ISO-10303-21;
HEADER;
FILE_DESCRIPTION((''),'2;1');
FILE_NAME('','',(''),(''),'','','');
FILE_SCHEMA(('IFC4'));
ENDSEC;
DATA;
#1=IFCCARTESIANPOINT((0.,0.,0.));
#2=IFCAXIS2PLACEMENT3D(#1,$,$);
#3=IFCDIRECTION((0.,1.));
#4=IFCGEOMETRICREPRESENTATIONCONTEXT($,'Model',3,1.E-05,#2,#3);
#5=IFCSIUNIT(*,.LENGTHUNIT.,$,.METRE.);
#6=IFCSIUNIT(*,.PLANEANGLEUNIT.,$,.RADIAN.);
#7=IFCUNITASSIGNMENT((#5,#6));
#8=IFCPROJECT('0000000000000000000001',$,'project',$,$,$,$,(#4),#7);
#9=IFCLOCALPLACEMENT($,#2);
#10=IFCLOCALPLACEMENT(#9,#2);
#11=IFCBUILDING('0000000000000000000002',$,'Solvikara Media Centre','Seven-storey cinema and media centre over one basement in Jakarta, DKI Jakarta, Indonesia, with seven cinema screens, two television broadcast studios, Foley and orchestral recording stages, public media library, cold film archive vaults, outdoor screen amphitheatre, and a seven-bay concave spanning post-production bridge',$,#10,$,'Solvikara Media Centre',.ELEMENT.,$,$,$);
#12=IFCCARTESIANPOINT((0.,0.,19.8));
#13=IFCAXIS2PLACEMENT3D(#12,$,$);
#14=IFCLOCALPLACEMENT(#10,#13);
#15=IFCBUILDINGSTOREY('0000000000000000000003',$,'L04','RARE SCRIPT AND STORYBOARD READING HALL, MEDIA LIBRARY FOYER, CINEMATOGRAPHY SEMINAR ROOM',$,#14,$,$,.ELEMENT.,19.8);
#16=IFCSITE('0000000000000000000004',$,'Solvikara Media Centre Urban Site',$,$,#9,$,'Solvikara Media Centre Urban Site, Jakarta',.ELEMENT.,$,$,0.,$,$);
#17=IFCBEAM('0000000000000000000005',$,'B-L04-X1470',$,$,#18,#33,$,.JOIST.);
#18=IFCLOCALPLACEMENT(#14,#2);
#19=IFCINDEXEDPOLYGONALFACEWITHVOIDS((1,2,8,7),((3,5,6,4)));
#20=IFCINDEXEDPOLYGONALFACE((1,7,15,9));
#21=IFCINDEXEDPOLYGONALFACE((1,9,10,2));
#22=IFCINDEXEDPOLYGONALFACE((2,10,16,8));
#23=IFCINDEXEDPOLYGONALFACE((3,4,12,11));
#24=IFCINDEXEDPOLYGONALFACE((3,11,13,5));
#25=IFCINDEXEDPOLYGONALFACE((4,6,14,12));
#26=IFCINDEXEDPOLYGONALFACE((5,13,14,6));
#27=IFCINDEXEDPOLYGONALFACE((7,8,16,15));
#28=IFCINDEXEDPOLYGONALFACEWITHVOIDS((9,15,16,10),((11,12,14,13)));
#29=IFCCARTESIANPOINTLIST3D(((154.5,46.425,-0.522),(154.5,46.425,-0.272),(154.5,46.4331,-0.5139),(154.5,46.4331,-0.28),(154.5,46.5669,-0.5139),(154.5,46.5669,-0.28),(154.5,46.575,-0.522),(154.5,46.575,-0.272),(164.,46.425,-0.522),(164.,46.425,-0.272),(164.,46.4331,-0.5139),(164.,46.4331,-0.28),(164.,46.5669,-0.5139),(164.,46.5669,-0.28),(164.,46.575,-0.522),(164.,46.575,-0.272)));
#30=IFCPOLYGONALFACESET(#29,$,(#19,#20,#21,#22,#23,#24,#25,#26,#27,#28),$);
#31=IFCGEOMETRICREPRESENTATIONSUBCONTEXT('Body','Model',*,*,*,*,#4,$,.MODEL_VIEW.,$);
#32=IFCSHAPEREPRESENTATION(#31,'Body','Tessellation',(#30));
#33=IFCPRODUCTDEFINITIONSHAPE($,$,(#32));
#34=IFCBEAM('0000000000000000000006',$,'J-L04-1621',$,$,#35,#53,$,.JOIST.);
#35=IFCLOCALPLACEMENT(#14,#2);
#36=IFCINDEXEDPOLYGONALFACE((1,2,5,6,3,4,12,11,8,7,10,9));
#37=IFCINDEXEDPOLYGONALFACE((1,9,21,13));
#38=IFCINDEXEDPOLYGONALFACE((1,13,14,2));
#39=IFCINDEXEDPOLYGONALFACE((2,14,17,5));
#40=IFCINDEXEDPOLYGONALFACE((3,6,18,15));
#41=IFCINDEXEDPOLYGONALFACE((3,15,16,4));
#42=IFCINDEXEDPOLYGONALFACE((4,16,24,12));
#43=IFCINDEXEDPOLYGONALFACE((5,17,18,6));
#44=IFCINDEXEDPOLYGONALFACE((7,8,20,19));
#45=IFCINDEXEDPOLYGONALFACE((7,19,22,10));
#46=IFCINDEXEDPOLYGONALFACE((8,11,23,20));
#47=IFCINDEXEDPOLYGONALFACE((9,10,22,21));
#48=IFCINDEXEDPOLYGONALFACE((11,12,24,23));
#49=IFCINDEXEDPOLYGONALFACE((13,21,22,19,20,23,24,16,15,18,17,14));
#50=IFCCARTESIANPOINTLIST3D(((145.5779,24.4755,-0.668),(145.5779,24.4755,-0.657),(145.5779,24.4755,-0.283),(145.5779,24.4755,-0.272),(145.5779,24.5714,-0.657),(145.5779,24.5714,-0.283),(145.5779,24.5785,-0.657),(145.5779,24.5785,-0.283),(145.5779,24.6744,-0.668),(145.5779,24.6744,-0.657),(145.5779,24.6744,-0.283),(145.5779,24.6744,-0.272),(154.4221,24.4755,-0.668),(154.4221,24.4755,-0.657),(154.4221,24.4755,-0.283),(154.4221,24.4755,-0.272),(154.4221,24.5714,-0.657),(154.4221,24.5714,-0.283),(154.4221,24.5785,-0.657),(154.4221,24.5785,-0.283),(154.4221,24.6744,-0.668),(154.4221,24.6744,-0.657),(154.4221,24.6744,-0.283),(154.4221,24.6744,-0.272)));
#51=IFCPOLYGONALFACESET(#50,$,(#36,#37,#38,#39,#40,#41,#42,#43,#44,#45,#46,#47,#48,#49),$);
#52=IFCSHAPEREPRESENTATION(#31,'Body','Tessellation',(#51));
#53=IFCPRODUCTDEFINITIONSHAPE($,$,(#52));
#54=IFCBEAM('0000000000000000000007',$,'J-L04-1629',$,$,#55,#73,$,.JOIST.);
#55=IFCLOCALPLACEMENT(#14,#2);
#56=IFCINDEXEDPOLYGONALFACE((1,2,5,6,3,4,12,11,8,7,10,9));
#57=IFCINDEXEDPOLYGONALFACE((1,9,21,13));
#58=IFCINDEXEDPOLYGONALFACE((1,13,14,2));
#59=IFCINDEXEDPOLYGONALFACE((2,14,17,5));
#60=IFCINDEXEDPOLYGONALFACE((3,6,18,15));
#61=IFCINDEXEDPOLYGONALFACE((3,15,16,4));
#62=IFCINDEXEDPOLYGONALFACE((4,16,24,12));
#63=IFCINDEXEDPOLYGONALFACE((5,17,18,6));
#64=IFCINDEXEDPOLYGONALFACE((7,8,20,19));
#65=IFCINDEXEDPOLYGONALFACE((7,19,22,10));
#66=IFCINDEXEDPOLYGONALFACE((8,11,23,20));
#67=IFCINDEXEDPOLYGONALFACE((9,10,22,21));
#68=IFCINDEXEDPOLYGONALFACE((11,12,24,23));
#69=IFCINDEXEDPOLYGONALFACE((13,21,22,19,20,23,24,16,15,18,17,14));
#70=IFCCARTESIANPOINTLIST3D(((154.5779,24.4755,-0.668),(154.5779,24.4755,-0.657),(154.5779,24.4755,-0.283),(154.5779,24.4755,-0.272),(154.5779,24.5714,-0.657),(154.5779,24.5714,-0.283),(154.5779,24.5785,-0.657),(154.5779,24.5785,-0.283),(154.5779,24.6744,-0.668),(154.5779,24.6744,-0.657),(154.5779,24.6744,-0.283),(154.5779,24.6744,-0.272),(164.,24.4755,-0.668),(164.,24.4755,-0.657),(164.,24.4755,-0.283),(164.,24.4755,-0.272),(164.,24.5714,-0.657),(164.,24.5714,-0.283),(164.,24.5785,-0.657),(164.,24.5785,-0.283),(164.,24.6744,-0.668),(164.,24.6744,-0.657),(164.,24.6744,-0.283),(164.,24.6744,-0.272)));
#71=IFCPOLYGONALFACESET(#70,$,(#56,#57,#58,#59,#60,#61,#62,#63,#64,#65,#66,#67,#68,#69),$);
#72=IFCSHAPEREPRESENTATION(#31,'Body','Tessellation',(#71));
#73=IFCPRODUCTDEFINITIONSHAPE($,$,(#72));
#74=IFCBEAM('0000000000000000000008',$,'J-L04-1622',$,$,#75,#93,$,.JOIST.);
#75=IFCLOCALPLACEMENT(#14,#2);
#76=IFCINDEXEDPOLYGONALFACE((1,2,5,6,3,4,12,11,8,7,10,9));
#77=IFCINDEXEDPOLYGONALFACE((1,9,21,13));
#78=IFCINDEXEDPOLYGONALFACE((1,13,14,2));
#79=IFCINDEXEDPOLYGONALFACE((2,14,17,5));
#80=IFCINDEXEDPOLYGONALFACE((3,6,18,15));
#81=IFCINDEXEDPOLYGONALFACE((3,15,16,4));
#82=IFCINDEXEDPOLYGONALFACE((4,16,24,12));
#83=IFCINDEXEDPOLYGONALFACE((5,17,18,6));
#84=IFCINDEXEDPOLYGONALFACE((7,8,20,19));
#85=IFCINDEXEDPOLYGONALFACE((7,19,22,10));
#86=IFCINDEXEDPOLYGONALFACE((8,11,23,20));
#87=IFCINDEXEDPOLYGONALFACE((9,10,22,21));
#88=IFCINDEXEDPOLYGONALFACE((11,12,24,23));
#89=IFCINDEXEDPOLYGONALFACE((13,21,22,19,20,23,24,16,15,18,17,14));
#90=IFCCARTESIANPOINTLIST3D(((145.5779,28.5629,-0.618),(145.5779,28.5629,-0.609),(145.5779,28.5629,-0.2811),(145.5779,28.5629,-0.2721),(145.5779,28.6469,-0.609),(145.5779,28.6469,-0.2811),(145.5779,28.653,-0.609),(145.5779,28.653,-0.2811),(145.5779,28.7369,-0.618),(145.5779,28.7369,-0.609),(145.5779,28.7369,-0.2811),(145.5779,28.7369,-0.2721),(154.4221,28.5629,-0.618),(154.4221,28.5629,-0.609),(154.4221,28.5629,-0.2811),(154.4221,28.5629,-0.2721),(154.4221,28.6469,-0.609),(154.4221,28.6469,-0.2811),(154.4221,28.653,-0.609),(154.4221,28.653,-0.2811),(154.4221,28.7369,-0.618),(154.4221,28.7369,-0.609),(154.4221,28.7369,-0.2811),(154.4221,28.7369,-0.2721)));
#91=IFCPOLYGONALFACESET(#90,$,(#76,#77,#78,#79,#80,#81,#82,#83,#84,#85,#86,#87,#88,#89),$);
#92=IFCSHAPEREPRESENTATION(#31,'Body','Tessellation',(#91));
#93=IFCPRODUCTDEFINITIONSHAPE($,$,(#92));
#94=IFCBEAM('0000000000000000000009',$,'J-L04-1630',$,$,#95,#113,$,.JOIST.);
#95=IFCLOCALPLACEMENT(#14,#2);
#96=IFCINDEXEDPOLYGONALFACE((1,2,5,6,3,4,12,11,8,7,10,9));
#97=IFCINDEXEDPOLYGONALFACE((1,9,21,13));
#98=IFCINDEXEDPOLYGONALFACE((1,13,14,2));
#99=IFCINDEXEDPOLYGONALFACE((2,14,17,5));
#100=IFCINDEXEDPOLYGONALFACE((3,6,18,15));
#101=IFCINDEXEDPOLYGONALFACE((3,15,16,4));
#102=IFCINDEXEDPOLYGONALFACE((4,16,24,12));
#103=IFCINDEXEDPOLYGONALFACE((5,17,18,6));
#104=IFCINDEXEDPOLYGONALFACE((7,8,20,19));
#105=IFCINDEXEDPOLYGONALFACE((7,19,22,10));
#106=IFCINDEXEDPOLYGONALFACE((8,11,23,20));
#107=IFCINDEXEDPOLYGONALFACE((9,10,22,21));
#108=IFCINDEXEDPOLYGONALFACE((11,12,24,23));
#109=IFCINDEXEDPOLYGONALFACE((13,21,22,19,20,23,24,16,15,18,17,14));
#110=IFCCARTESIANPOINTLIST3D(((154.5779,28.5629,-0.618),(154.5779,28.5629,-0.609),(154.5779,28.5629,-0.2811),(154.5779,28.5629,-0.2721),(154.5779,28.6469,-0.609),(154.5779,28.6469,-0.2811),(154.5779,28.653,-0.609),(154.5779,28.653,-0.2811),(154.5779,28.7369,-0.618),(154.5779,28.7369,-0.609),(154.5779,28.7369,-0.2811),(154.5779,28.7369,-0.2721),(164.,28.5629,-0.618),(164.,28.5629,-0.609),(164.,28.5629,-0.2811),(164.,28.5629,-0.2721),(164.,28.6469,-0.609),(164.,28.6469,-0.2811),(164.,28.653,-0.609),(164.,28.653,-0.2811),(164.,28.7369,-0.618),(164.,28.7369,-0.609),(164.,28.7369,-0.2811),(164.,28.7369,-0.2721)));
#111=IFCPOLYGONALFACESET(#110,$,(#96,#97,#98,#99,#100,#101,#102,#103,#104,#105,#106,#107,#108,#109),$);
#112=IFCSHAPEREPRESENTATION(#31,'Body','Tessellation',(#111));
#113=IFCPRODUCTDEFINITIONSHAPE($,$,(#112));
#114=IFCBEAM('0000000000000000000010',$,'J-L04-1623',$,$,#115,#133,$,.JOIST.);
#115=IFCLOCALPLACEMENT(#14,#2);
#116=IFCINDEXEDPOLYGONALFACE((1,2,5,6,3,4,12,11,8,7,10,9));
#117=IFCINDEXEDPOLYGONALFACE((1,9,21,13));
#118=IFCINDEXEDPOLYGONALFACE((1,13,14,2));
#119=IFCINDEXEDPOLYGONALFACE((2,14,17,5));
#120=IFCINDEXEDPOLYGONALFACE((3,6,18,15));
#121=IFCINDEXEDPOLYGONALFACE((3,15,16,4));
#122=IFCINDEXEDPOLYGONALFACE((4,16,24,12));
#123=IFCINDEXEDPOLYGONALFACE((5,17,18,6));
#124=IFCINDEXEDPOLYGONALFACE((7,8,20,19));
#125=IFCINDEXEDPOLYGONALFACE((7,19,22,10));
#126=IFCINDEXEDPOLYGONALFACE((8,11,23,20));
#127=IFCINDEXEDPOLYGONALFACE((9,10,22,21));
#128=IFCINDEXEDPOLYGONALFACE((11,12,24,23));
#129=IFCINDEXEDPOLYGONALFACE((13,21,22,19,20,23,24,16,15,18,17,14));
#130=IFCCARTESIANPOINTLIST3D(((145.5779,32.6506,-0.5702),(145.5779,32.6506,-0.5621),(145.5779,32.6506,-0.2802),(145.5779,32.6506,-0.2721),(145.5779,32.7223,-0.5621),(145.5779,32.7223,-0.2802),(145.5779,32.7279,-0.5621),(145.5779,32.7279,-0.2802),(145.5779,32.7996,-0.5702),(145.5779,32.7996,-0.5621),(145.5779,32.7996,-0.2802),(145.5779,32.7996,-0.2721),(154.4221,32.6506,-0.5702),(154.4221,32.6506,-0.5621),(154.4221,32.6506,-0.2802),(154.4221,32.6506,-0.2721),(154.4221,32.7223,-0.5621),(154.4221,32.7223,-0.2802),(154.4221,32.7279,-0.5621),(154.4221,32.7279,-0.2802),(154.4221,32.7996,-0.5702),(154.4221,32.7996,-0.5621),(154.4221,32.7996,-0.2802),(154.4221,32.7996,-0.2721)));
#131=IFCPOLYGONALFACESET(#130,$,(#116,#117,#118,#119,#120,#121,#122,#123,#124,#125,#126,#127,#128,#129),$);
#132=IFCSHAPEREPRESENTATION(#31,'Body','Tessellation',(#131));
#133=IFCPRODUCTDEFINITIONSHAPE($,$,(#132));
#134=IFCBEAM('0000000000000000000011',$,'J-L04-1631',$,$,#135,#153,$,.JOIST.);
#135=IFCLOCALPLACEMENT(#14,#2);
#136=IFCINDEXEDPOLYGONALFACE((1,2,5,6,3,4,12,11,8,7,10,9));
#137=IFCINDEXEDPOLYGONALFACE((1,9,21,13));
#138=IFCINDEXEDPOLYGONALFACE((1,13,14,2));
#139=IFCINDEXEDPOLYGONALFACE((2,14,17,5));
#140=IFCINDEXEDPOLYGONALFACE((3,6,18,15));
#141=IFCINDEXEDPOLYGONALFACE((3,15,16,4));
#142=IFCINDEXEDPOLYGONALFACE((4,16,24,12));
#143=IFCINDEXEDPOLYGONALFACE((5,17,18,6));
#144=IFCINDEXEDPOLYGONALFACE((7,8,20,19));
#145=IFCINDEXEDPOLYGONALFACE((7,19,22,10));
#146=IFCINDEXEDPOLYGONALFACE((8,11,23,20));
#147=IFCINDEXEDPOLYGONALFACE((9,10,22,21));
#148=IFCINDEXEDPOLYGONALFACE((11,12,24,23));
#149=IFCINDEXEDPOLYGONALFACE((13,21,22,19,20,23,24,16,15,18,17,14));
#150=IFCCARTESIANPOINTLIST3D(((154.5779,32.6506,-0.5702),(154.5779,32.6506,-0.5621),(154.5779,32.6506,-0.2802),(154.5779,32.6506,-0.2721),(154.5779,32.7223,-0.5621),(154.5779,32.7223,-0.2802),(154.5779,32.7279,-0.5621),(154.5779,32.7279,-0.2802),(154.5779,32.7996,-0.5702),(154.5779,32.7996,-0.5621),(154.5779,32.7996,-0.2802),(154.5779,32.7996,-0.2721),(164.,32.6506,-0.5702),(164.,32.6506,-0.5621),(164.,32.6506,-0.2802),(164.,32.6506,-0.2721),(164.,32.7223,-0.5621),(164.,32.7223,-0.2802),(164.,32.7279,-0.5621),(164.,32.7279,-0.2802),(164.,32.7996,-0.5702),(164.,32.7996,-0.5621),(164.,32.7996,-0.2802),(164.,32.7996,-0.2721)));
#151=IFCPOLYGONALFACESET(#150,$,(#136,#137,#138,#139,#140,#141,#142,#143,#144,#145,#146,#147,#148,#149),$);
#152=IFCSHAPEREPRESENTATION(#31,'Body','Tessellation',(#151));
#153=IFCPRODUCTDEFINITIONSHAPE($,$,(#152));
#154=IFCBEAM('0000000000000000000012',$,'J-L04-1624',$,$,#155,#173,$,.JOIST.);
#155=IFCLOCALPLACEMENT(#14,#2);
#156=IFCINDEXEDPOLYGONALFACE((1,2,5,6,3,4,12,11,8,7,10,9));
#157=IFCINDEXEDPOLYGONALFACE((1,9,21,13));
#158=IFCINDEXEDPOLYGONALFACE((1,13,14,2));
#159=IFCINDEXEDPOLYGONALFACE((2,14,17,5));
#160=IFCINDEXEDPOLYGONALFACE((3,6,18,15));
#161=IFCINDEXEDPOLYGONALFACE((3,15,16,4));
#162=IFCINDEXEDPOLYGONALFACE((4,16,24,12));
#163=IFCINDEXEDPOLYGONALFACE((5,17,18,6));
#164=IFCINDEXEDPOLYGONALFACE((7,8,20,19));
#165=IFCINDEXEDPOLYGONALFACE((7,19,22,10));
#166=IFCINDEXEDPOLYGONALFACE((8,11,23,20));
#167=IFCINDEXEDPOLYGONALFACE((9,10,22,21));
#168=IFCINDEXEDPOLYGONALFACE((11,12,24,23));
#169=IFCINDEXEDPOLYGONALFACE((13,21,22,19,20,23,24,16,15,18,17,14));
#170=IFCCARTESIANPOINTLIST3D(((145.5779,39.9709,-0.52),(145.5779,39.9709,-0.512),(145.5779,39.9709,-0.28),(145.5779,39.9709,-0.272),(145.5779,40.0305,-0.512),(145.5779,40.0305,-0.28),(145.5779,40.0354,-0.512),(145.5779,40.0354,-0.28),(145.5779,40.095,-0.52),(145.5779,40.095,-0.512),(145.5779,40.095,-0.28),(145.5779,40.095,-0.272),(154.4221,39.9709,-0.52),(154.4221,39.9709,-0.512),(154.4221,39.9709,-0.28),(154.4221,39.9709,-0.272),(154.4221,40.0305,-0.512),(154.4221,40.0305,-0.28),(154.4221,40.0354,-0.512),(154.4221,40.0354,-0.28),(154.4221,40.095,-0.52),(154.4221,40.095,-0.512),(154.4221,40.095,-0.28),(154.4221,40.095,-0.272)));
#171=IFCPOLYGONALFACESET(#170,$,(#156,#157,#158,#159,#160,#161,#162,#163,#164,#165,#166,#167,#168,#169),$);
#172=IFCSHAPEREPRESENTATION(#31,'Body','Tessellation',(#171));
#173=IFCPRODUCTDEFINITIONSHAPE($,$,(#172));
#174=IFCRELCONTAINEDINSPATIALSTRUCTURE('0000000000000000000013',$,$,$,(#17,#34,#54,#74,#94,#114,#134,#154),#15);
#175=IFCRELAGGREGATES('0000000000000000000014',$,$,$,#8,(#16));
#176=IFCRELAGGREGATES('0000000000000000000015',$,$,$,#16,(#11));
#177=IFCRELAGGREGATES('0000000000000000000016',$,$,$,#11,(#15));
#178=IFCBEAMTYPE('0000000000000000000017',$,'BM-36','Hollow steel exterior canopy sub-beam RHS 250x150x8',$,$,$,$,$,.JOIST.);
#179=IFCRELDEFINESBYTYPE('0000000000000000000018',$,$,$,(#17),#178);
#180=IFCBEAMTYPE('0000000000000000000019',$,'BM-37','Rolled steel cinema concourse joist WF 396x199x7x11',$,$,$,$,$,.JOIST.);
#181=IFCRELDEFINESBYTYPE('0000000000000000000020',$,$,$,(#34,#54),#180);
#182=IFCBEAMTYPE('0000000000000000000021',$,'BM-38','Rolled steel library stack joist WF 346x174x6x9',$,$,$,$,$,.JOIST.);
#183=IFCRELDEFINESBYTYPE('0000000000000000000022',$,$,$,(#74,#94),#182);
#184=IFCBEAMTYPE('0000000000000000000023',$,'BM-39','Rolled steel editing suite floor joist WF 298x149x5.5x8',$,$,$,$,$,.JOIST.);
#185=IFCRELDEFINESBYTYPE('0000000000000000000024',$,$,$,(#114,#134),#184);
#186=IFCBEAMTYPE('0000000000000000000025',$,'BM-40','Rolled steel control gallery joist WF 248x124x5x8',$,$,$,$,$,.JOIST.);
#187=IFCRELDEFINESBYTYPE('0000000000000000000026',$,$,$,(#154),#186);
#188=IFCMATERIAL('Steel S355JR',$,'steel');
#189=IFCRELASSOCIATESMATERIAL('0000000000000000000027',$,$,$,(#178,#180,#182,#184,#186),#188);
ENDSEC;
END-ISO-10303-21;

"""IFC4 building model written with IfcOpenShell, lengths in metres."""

from ifc_helpers import new_model, si_unit, direction, frame, origin, origin_2d, place, context, subcontext, project, spatial, hollow_rectangle, i_section, extrude, material, material_profile, profile_set, type_object, element, save


model = new_model("IFC4")

# Units and contexts
model_context = context("Model", 3, precision=1e-05, world=origin(), true_north=direction((0.0, 1.0)))
body_context = subcontext(model_context, "Body", "Model", "MODEL_VIEW")
ifc_project = project(units=[si_unit("LENGTHUNIT", "METRE"), si_unit("PLANEANGLEUNIT", "RADIAN")], contexts=[model_context])

# Site, building, storey
site_placement = place(None, origin())
site = spatial("IfcSite", under=ifc_project, at=site_placement, Name="Solvikara Media Centre Urban Site", LongName="Solvikara Media Centre Urban Site, Jakarta", CompositionType="ELEMENT", RefElevation=0.0)
building_placement = place(site_placement, origin())
building = spatial("IfcBuilding", under=site, at=building_placement, Name="Solvikara Media Centre", Description="Seven-storey cinema and media centre over one basement in Jakarta, DKI Jakarta, Indonesia, with seven cinema screens, two television broadcast studios, Foley and orchestral recording stages, public media library, cold film archive vaults, outdoor screen amphitheatre, and a seven-bay concave spanning post-production bridge", LongName="Solvikara Media Centre", CompositionType="ELEMENT")
storey_placement = place(building_placement, frame((0.0, 0.0, 19.8)))
storey = spatial("IfcBuildingStorey", under=building, at=storey_placement, Name="L04", Description="RARE SCRIPT AND STORYBOARD READING HALL, MEDIA LIBRARY FOYER, CINEMATOGRAPHY SEMINAR ROOM", CompositionType="ELEMENT", Elevation=19.8)

# Beams
ifc_material_1 = material(Name="Steel S355JR", Category="steel")
ifc_material_profile_1 = material_profile(ifc_material_1, hollow_rectangle(XDim=0.1499, YDim=0.25, WallThickness=0.0081, at=origin_2d()), Name="RHS 250x150x8")
ifc_profile_set_1 = profile_set([ifc_material_profile_1], Name="Steel S355JR")
beam_type_1 = type_object("IfcBeamType", Name="BM-36", Description="Hollow steel exterior canopy sub-beam RHS 250x150x8", PredefinedType="JOIST", material=ifc_profile_set_1)
for number, where, z_axis, x_axis, name in (
    (1, (154.5, 46.5, -0.397), (1.0, 0.0, 0.0), (0.0, 1.0, 0.0), "B-L04-X1470"),
):
    element("IfcBeam", number, at=place(storey_placement, frame(where, z_axis=z_axis, x_axis=x_axis)), inside=storey, type_object=beam_type_1, Name=name, PredefinedType="JOIST", context=body_context, shape_type="SweptSolid", body=[
        extrude(hollow_rectangle(XDim=0.1499, YDim=0.25, WallThickness=0.0081, at=origin_2d()), origin(), (0.0, 0.0, 1.0), 9.5),
    ])
ifc_material_profile_2 = material_profile(ifc_material_1, i_section(OverallWidth=0.199, OverallDepth=0.396, WebThickness=0.0071, FlangeThickness=0.011, at=origin_2d()), Name="WF 396x199x7x11")
ifc_profile_set_2 = profile_set([ifc_material_profile_2], Name="Steel S355JR")
beam_type_2 = type_object("IfcBeamType", Name="BM-37", Description="Rolled steel cinema concourse joist WF 396x199x7x11", PredefinedType="JOIST", material=ifc_profile_set_2)
beam_1_placement = place(storey_placement, frame((145.5779, 24.575, -0.47), z_axis=(1.0, 0.0, 0.0), x_axis=(0.0, 1.0, 0.0)))
element("IfcBeam", 2, at=beam_1_placement, inside=storey, type_object=beam_type_2, Name="J-L04-1621", PredefinedType="JOIST", context=body_context, shape_type="SweptSolid", body=[
    extrude(i_section(OverallWidth=0.199, OverallDepth=0.396, WebThickness=0.0071, FlangeThickness=0.011, at=origin_2d()), origin(), (0.0, 0.0, 1.0), 8.8442),
])
beam_2_placement = place(storey_placement, frame((154.5779, 24.575, -0.47), z_axis=(1.0, 0.0, 0.0), x_axis=(0.0, 1.0, 0.0)))
element("IfcBeam", 3, at=beam_2_placement, inside=storey, type_object=beam_type_2, Name="J-L04-1629", PredefinedType="JOIST", context=body_context, shape_type="SweptSolid", body=[
    extrude(i_section(OverallWidth=0.199, OverallDepth=0.396, WebThickness=0.0071, FlangeThickness=0.011, at=origin_2d()), origin(), (0.0, 0.0, 1.0), 9.4221),
])
ifc_material_profile_3 = material_profile(ifc_material_1, i_section(OverallWidth=0.1741, OverallDepth=0.3459, WebThickness=0.0061, FlangeThickness=0.009, at=origin_2d()), Name="WF 346x174x6x9")
ifc_profile_set_3 = profile_set([ifc_material_profile_3], Name="Steel S355JR")
beam_type_3 = type_object("IfcBeamType", Name="BM-38", Description="Rolled steel library stack joist WF 346x174x6x9", PredefinedType="JOIST", material=ifc_profile_set_3)
beam_3_placement = place(storey_placement, frame((145.5779, 28.6499, -0.4451), z_axis=(1.0, 0.0, 0.0), x_axis=(0.0, 1.0, 0.0)))
element("IfcBeam", 4, at=beam_3_placement, inside=storey, type_object=beam_type_3, Name="J-L04-1622", PredefinedType="JOIST", context=body_context, shape_type="SweptSolid", body=[
    extrude(i_section(OverallWidth=0.1741, OverallDepth=0.3459, WebThickness=0.0061, FlangeThickness=0.009, at=origin_2d()), origin(), (0.0, 0.0, 1.0), 8.8442),
])
beam_4_placement = place(storey_placement, frame((154.5779, 28.6499, -0.4451), z_axis=(1.0, 0.0, 0.0), x_axis=(0.0, 1.0, 0.0)))
element("IfcBeam", 5, at=beam_4_placement, inside=storey, type_object=beam_type_3, Name="J-L04-1630", PredefinedType="JOIST", context=body_context, shape_type="SweptSolid", body=[
    extrude(i_section(OverallWidth=0.1741, OverallDepth=0.3459, WebThickness=0.0061, FlangeThickness=0.009, at=origin_2d()), origin(), (0.0, 0.0, 1.0), 9.4221),
])
ifc_material_profile_4 = material_profile(ifc_material_1, i_section(OverallWidth=0.1489, OverallDepth=0.2981, WebThickness=0.0056, FlangeThickness=0.0081, at=origin_2d()), Name="WF 298x149x5.5x8")
ifc_profile_set_4 = profile_set([ifc_material_profile_4], Name="Steel S355JR")
beam_type_4 = type_object("IfcBeamType", Name="BM-39", Description="Rolled steel editing suite floor joist WF 298x149x5.5x8", PredefinedType="JOIST", material=ifc_profile_set_4)
beam_5_placement = place(storey_placement, frame((145.5779, 32.7251, -0.4211), z_axis=(1.0, 0.0, 0.0), x_axis=(0.0, 1.0, 0.0)))
element("IfcBeam", 6, at=beam_5_placement, inside=storey, type_object=beam_type_4, Name="J-L04-1623", PredefinedType="JOIST", context=body_context, shape_type="SweptSolid", body=[
    extrude(i_section(OverallWidth=0.1489, OverallDepth=0.2981, WebThickness=0.0056, FlangeThickness=0.0081, at=origin_2d()), origin(), (0.0, 0.0, 1.0), 8.8442),
])
beam_6_placement = place(storey_placement, frame((154.5779, 32.7251, -0.4211), z_axis=(1.0, 0.0, 0.0), x_axis=(0.0, 1.0, 0.0)))
element("IfcBeam", 7, at=beam_6_placement, inside=storey, type_object=beam_type_4, Name="J-L04-1631", PredefinedType="JOIST", context=body_context, shape_type="SweptSolid", body=[
    extrude(i_section(OverallWidth=0.1489, OverallDepth=0.2981, WebThickness=0.0056, FlangeThickness=0.0081, at=origin_2d()), origin(), (0.0, 0.0, 1.0), 9.4221),
])
ifc_material_profile_5 = material_profile(ifc_material_1, i_section(OverallWidth=0.124, OverallDepth=0.248, WebThickness=0.0049, FlangeThickness=0.0081, at=origin_2d()), Name="WF 248x124x5x8")
ifc_profile_set_5 = profile_set([ifc_material_profile_5], Name="Steel S355JR")
beam_type_5 = type_object("IfcBeamType", Name="BM-40", Description="Rolled steel control gallery joist WF 248x124x5x8", PredefinedType="JOIST", material=ifc_profile_set_5)
beam_7_placement = place(storey_placement, frame((145.5779, 40.033, -0.396), z_axis=(1.0, 0.0, 0.0), x_axis=(0.0, 1.0, 0.0)))
element("IfcBeam", 8, at=beam_7_placement, inside=storey, type_object=beam_type_5, Name="J-L04-1624", PredefinedType="JOIST", context=body_context, shape_type="SweptSolid", body=[
    extrude(i_section(OverallWidth=0.124, OverallDepth=0.248, WebThickness=0.0049, FlangeThickness=0.0081, at=origin_2d()), origin(), (0.0, 0.0, 1.0), 8.8442),
])

save(model, "model.ifc")
